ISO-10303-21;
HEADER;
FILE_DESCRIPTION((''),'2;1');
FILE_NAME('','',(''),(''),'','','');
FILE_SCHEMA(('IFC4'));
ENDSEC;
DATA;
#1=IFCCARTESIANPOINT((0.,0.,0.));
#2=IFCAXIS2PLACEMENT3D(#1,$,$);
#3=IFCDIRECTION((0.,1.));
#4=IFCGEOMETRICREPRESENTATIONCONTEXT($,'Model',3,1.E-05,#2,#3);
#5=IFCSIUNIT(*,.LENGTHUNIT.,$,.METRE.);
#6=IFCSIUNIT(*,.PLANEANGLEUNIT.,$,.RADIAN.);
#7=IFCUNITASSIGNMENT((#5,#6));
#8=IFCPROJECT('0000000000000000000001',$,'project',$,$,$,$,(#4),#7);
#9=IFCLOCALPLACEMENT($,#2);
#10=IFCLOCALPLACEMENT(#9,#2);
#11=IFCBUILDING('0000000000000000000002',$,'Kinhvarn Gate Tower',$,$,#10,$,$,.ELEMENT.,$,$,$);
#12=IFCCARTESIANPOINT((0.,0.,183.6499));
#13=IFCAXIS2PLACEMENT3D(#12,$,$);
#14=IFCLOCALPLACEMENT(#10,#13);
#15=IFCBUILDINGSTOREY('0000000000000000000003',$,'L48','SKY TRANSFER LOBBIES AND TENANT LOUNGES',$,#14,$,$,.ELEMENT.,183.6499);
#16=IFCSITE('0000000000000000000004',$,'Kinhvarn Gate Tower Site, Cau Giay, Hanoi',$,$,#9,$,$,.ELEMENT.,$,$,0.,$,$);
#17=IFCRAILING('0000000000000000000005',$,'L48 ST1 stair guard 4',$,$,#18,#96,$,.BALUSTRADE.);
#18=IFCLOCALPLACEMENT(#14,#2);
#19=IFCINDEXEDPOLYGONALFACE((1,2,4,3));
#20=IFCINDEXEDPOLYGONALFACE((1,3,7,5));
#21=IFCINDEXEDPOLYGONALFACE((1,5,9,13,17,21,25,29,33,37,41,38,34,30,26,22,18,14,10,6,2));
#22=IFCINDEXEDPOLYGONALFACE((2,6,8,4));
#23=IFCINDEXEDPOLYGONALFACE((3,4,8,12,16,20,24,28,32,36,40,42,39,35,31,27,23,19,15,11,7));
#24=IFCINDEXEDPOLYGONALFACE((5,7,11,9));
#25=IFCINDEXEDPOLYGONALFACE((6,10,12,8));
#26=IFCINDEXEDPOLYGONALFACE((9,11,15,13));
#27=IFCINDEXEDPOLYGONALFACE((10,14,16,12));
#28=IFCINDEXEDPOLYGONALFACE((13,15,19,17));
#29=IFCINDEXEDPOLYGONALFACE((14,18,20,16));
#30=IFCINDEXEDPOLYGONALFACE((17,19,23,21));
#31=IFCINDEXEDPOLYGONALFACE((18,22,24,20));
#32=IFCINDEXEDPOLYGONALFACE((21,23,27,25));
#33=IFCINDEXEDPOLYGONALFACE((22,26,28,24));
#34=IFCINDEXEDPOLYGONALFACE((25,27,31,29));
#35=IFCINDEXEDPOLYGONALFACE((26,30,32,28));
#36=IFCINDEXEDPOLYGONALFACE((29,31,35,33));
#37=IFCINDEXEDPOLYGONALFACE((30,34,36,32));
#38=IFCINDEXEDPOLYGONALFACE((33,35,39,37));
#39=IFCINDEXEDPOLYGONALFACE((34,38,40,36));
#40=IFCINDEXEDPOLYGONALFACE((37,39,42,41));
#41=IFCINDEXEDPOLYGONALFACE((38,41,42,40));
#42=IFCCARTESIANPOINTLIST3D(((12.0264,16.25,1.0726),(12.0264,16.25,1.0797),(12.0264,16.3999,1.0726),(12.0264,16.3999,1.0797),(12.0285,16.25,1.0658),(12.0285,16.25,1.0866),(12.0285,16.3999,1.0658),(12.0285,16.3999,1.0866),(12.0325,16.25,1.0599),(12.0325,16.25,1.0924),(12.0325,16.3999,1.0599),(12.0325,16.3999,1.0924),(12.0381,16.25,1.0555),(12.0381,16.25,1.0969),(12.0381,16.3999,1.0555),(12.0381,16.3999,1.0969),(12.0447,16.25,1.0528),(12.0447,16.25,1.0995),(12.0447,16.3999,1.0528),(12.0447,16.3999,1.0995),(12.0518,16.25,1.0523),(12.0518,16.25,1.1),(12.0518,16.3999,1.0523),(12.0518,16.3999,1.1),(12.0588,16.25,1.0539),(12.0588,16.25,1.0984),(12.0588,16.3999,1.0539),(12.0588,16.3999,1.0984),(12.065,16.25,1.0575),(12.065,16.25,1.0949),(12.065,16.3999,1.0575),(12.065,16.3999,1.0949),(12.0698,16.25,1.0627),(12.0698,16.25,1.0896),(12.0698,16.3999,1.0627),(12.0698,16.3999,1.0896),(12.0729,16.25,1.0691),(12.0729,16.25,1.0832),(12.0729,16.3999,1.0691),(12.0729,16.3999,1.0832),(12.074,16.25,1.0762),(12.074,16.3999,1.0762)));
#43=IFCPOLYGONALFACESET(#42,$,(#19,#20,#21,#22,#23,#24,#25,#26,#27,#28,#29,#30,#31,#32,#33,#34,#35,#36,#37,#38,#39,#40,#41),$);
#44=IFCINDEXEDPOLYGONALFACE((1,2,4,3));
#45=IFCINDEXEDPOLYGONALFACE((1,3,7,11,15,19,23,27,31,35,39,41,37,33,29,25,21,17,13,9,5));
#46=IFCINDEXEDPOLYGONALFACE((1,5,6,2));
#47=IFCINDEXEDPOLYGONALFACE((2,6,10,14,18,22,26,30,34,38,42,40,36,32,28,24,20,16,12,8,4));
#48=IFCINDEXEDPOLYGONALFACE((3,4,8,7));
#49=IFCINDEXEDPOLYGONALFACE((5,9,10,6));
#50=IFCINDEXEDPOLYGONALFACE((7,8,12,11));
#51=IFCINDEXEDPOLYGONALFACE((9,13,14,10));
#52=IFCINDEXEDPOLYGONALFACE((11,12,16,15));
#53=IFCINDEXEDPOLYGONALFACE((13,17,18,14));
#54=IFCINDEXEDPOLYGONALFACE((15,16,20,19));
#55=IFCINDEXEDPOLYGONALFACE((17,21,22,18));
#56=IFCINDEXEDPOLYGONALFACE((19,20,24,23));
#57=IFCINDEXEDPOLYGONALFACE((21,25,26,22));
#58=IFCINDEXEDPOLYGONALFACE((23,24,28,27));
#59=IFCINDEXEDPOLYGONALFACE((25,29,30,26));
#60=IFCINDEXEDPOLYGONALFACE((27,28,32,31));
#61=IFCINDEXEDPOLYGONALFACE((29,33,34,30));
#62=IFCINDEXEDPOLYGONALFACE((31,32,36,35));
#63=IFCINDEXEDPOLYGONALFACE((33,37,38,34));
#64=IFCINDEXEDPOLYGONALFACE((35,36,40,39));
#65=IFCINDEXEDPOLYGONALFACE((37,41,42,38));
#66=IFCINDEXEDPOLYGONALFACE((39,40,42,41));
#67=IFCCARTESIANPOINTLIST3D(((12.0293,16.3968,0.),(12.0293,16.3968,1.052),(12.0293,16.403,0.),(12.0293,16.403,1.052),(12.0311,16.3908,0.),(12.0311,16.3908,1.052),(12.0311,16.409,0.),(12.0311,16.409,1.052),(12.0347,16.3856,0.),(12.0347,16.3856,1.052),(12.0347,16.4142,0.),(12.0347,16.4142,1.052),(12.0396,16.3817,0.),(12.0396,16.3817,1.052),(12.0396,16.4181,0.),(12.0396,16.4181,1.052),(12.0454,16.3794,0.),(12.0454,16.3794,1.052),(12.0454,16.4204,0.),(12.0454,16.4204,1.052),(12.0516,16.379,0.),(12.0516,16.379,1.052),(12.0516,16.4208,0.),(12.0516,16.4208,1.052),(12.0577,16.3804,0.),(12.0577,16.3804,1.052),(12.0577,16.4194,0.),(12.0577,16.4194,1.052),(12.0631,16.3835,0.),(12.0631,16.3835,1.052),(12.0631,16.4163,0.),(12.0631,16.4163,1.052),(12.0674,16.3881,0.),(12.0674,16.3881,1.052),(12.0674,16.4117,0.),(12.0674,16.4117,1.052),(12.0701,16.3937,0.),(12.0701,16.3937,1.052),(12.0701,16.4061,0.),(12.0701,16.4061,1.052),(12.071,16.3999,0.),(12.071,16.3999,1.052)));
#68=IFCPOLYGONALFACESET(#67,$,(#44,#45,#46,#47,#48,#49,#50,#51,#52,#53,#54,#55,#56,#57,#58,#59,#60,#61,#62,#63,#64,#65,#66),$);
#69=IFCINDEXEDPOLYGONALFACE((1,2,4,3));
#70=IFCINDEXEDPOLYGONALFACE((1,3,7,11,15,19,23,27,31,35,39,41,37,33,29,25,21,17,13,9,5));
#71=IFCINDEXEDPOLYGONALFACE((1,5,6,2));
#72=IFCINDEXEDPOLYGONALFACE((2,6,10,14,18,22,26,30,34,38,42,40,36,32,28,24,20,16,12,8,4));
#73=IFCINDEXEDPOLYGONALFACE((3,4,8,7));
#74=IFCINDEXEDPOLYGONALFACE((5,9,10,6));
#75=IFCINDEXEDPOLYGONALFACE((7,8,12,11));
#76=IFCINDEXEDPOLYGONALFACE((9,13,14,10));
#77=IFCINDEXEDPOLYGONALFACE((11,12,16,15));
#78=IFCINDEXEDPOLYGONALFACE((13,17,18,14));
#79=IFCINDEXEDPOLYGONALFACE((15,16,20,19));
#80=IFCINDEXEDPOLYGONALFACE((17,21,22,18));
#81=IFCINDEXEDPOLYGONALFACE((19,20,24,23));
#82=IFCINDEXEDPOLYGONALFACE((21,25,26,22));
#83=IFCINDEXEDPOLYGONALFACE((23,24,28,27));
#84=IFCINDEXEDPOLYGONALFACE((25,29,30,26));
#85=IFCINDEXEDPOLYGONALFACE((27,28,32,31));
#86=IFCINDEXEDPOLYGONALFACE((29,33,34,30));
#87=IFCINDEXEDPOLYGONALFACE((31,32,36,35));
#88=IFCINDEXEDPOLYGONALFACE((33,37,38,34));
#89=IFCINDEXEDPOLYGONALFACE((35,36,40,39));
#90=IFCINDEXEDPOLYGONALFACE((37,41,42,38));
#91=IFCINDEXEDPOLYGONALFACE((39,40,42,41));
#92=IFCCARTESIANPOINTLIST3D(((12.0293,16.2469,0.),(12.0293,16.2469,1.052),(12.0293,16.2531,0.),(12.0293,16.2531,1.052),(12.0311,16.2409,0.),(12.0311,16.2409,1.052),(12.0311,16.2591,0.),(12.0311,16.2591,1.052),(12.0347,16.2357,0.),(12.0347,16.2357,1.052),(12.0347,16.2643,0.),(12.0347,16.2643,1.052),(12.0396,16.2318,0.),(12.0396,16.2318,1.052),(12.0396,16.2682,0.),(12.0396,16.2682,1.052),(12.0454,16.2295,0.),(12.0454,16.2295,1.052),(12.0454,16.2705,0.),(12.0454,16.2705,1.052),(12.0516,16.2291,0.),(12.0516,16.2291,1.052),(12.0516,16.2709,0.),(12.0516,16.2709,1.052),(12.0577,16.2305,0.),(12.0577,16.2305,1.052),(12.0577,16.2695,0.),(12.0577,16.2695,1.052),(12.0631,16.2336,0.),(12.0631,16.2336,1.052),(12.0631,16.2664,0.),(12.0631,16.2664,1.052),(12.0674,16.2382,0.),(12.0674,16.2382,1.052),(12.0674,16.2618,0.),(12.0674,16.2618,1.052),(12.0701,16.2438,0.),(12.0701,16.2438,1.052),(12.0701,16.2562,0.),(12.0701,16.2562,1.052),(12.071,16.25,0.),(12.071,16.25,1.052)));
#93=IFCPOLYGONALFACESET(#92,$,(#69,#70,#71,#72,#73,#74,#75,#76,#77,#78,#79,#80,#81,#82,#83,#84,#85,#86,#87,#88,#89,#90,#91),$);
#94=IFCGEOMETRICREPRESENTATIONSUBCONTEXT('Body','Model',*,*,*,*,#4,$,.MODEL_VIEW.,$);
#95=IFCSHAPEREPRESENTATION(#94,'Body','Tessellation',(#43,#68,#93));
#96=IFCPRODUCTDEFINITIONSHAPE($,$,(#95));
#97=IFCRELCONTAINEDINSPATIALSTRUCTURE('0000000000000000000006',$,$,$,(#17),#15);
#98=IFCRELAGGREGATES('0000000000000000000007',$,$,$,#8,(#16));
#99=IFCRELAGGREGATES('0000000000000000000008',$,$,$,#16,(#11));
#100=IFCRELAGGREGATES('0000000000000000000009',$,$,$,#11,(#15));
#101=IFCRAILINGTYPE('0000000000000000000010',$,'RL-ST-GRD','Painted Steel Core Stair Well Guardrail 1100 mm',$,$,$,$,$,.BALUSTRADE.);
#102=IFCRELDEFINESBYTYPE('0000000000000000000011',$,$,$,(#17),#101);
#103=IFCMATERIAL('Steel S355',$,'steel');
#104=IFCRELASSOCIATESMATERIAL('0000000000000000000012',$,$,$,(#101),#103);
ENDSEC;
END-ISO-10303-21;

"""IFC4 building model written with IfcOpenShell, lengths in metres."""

from ifc_helpers import new_model, si_unit, direction, frame, origin, origin_2d, place, context, subcontext, project, spatial, circle, extrude, material, type_object, element, save


model = new_model("IFC4")

# Units and contexts
model_context = context("Model", 3, precision=1e-05, world=origin(), true_north=direction((0.0, 1.0)))
body_context = subcontext(model_context, "Body", "Model", "MODEL_VIEW")
ifc_project = project(units=[si_unit("LENGTHUNIT", "METRE"), si_unit("PLANEANGLEUNIT", "RADIAN")], contexts=[model_context])

# Site, building, storey
site_placement = place(None, origin())
site = spatial("IfcSite", under=ifc_project, at=site_placement, Name="Kinhvarn Gate Tower Site, Cau Giay, Hanoi", CompositionType="ELEMENT", RefElevation=0.0)
building_placement = place(site_placement, origin())
building = spatial("IfcBuilding", under=site, at=building_placement, Name="Kinhvarn Gate Tower", CompositionType="ELEMENT")
storey_placement = place(building_placement, frame((0.0, 0.0, 183.6499)))
storey = spatial("IfcBuildingStorey", under=building, at=storey_placement, Name="L48", Description="SKY TRANSFER LOBBIES AND TENANT LOUNGES", CompositionType="ELEMENT", Elevation=183.6499)

# Shared definitions
ifc_material_1 = material(Name="Steel S355", Category="steel")

# Railing
railing_type_1 = type_object("IfcRailingType", Name="RL-ST-GRD", Description="Painted Steel Core Stair Well Guardrail 1100 mm", PredefinedType="BALUSTRADE", material=ifc_material_1)
railing_1_placement = place(storey_placement, frame((12.05, 16.3999, 0.0)))
element("IfcRailing", 1, at=railing_1_placement, inside=storey, type_object=railing_type_1, Name="L48 ST1 stair guard 4", PredefinedType="BALUSTRADE", context=body_context, shape_type="SweptSolid", body=[
    extrude(circle(Radius=0.0239, at=origin_2d()), frame((0.0, 0.0, 1.0762), z_axis=(0.0, -1.0, 0.0), x_axis=(1.0, 0.0, 0.0)), (0.0, 0.0, 1.0), 0.1499),
    extrude(circle(Radius=0.021, at=origin_2d()), origin(), (0.0, 0.0, 1.0), 1.052),
    extrude(circle(Radius=0.021, at=origin_2d()), frame((0.0, -0.1499, 0.0)), (0.0, 0.0, 1.0), 1.052),
])

save(model, "model.ifc")
